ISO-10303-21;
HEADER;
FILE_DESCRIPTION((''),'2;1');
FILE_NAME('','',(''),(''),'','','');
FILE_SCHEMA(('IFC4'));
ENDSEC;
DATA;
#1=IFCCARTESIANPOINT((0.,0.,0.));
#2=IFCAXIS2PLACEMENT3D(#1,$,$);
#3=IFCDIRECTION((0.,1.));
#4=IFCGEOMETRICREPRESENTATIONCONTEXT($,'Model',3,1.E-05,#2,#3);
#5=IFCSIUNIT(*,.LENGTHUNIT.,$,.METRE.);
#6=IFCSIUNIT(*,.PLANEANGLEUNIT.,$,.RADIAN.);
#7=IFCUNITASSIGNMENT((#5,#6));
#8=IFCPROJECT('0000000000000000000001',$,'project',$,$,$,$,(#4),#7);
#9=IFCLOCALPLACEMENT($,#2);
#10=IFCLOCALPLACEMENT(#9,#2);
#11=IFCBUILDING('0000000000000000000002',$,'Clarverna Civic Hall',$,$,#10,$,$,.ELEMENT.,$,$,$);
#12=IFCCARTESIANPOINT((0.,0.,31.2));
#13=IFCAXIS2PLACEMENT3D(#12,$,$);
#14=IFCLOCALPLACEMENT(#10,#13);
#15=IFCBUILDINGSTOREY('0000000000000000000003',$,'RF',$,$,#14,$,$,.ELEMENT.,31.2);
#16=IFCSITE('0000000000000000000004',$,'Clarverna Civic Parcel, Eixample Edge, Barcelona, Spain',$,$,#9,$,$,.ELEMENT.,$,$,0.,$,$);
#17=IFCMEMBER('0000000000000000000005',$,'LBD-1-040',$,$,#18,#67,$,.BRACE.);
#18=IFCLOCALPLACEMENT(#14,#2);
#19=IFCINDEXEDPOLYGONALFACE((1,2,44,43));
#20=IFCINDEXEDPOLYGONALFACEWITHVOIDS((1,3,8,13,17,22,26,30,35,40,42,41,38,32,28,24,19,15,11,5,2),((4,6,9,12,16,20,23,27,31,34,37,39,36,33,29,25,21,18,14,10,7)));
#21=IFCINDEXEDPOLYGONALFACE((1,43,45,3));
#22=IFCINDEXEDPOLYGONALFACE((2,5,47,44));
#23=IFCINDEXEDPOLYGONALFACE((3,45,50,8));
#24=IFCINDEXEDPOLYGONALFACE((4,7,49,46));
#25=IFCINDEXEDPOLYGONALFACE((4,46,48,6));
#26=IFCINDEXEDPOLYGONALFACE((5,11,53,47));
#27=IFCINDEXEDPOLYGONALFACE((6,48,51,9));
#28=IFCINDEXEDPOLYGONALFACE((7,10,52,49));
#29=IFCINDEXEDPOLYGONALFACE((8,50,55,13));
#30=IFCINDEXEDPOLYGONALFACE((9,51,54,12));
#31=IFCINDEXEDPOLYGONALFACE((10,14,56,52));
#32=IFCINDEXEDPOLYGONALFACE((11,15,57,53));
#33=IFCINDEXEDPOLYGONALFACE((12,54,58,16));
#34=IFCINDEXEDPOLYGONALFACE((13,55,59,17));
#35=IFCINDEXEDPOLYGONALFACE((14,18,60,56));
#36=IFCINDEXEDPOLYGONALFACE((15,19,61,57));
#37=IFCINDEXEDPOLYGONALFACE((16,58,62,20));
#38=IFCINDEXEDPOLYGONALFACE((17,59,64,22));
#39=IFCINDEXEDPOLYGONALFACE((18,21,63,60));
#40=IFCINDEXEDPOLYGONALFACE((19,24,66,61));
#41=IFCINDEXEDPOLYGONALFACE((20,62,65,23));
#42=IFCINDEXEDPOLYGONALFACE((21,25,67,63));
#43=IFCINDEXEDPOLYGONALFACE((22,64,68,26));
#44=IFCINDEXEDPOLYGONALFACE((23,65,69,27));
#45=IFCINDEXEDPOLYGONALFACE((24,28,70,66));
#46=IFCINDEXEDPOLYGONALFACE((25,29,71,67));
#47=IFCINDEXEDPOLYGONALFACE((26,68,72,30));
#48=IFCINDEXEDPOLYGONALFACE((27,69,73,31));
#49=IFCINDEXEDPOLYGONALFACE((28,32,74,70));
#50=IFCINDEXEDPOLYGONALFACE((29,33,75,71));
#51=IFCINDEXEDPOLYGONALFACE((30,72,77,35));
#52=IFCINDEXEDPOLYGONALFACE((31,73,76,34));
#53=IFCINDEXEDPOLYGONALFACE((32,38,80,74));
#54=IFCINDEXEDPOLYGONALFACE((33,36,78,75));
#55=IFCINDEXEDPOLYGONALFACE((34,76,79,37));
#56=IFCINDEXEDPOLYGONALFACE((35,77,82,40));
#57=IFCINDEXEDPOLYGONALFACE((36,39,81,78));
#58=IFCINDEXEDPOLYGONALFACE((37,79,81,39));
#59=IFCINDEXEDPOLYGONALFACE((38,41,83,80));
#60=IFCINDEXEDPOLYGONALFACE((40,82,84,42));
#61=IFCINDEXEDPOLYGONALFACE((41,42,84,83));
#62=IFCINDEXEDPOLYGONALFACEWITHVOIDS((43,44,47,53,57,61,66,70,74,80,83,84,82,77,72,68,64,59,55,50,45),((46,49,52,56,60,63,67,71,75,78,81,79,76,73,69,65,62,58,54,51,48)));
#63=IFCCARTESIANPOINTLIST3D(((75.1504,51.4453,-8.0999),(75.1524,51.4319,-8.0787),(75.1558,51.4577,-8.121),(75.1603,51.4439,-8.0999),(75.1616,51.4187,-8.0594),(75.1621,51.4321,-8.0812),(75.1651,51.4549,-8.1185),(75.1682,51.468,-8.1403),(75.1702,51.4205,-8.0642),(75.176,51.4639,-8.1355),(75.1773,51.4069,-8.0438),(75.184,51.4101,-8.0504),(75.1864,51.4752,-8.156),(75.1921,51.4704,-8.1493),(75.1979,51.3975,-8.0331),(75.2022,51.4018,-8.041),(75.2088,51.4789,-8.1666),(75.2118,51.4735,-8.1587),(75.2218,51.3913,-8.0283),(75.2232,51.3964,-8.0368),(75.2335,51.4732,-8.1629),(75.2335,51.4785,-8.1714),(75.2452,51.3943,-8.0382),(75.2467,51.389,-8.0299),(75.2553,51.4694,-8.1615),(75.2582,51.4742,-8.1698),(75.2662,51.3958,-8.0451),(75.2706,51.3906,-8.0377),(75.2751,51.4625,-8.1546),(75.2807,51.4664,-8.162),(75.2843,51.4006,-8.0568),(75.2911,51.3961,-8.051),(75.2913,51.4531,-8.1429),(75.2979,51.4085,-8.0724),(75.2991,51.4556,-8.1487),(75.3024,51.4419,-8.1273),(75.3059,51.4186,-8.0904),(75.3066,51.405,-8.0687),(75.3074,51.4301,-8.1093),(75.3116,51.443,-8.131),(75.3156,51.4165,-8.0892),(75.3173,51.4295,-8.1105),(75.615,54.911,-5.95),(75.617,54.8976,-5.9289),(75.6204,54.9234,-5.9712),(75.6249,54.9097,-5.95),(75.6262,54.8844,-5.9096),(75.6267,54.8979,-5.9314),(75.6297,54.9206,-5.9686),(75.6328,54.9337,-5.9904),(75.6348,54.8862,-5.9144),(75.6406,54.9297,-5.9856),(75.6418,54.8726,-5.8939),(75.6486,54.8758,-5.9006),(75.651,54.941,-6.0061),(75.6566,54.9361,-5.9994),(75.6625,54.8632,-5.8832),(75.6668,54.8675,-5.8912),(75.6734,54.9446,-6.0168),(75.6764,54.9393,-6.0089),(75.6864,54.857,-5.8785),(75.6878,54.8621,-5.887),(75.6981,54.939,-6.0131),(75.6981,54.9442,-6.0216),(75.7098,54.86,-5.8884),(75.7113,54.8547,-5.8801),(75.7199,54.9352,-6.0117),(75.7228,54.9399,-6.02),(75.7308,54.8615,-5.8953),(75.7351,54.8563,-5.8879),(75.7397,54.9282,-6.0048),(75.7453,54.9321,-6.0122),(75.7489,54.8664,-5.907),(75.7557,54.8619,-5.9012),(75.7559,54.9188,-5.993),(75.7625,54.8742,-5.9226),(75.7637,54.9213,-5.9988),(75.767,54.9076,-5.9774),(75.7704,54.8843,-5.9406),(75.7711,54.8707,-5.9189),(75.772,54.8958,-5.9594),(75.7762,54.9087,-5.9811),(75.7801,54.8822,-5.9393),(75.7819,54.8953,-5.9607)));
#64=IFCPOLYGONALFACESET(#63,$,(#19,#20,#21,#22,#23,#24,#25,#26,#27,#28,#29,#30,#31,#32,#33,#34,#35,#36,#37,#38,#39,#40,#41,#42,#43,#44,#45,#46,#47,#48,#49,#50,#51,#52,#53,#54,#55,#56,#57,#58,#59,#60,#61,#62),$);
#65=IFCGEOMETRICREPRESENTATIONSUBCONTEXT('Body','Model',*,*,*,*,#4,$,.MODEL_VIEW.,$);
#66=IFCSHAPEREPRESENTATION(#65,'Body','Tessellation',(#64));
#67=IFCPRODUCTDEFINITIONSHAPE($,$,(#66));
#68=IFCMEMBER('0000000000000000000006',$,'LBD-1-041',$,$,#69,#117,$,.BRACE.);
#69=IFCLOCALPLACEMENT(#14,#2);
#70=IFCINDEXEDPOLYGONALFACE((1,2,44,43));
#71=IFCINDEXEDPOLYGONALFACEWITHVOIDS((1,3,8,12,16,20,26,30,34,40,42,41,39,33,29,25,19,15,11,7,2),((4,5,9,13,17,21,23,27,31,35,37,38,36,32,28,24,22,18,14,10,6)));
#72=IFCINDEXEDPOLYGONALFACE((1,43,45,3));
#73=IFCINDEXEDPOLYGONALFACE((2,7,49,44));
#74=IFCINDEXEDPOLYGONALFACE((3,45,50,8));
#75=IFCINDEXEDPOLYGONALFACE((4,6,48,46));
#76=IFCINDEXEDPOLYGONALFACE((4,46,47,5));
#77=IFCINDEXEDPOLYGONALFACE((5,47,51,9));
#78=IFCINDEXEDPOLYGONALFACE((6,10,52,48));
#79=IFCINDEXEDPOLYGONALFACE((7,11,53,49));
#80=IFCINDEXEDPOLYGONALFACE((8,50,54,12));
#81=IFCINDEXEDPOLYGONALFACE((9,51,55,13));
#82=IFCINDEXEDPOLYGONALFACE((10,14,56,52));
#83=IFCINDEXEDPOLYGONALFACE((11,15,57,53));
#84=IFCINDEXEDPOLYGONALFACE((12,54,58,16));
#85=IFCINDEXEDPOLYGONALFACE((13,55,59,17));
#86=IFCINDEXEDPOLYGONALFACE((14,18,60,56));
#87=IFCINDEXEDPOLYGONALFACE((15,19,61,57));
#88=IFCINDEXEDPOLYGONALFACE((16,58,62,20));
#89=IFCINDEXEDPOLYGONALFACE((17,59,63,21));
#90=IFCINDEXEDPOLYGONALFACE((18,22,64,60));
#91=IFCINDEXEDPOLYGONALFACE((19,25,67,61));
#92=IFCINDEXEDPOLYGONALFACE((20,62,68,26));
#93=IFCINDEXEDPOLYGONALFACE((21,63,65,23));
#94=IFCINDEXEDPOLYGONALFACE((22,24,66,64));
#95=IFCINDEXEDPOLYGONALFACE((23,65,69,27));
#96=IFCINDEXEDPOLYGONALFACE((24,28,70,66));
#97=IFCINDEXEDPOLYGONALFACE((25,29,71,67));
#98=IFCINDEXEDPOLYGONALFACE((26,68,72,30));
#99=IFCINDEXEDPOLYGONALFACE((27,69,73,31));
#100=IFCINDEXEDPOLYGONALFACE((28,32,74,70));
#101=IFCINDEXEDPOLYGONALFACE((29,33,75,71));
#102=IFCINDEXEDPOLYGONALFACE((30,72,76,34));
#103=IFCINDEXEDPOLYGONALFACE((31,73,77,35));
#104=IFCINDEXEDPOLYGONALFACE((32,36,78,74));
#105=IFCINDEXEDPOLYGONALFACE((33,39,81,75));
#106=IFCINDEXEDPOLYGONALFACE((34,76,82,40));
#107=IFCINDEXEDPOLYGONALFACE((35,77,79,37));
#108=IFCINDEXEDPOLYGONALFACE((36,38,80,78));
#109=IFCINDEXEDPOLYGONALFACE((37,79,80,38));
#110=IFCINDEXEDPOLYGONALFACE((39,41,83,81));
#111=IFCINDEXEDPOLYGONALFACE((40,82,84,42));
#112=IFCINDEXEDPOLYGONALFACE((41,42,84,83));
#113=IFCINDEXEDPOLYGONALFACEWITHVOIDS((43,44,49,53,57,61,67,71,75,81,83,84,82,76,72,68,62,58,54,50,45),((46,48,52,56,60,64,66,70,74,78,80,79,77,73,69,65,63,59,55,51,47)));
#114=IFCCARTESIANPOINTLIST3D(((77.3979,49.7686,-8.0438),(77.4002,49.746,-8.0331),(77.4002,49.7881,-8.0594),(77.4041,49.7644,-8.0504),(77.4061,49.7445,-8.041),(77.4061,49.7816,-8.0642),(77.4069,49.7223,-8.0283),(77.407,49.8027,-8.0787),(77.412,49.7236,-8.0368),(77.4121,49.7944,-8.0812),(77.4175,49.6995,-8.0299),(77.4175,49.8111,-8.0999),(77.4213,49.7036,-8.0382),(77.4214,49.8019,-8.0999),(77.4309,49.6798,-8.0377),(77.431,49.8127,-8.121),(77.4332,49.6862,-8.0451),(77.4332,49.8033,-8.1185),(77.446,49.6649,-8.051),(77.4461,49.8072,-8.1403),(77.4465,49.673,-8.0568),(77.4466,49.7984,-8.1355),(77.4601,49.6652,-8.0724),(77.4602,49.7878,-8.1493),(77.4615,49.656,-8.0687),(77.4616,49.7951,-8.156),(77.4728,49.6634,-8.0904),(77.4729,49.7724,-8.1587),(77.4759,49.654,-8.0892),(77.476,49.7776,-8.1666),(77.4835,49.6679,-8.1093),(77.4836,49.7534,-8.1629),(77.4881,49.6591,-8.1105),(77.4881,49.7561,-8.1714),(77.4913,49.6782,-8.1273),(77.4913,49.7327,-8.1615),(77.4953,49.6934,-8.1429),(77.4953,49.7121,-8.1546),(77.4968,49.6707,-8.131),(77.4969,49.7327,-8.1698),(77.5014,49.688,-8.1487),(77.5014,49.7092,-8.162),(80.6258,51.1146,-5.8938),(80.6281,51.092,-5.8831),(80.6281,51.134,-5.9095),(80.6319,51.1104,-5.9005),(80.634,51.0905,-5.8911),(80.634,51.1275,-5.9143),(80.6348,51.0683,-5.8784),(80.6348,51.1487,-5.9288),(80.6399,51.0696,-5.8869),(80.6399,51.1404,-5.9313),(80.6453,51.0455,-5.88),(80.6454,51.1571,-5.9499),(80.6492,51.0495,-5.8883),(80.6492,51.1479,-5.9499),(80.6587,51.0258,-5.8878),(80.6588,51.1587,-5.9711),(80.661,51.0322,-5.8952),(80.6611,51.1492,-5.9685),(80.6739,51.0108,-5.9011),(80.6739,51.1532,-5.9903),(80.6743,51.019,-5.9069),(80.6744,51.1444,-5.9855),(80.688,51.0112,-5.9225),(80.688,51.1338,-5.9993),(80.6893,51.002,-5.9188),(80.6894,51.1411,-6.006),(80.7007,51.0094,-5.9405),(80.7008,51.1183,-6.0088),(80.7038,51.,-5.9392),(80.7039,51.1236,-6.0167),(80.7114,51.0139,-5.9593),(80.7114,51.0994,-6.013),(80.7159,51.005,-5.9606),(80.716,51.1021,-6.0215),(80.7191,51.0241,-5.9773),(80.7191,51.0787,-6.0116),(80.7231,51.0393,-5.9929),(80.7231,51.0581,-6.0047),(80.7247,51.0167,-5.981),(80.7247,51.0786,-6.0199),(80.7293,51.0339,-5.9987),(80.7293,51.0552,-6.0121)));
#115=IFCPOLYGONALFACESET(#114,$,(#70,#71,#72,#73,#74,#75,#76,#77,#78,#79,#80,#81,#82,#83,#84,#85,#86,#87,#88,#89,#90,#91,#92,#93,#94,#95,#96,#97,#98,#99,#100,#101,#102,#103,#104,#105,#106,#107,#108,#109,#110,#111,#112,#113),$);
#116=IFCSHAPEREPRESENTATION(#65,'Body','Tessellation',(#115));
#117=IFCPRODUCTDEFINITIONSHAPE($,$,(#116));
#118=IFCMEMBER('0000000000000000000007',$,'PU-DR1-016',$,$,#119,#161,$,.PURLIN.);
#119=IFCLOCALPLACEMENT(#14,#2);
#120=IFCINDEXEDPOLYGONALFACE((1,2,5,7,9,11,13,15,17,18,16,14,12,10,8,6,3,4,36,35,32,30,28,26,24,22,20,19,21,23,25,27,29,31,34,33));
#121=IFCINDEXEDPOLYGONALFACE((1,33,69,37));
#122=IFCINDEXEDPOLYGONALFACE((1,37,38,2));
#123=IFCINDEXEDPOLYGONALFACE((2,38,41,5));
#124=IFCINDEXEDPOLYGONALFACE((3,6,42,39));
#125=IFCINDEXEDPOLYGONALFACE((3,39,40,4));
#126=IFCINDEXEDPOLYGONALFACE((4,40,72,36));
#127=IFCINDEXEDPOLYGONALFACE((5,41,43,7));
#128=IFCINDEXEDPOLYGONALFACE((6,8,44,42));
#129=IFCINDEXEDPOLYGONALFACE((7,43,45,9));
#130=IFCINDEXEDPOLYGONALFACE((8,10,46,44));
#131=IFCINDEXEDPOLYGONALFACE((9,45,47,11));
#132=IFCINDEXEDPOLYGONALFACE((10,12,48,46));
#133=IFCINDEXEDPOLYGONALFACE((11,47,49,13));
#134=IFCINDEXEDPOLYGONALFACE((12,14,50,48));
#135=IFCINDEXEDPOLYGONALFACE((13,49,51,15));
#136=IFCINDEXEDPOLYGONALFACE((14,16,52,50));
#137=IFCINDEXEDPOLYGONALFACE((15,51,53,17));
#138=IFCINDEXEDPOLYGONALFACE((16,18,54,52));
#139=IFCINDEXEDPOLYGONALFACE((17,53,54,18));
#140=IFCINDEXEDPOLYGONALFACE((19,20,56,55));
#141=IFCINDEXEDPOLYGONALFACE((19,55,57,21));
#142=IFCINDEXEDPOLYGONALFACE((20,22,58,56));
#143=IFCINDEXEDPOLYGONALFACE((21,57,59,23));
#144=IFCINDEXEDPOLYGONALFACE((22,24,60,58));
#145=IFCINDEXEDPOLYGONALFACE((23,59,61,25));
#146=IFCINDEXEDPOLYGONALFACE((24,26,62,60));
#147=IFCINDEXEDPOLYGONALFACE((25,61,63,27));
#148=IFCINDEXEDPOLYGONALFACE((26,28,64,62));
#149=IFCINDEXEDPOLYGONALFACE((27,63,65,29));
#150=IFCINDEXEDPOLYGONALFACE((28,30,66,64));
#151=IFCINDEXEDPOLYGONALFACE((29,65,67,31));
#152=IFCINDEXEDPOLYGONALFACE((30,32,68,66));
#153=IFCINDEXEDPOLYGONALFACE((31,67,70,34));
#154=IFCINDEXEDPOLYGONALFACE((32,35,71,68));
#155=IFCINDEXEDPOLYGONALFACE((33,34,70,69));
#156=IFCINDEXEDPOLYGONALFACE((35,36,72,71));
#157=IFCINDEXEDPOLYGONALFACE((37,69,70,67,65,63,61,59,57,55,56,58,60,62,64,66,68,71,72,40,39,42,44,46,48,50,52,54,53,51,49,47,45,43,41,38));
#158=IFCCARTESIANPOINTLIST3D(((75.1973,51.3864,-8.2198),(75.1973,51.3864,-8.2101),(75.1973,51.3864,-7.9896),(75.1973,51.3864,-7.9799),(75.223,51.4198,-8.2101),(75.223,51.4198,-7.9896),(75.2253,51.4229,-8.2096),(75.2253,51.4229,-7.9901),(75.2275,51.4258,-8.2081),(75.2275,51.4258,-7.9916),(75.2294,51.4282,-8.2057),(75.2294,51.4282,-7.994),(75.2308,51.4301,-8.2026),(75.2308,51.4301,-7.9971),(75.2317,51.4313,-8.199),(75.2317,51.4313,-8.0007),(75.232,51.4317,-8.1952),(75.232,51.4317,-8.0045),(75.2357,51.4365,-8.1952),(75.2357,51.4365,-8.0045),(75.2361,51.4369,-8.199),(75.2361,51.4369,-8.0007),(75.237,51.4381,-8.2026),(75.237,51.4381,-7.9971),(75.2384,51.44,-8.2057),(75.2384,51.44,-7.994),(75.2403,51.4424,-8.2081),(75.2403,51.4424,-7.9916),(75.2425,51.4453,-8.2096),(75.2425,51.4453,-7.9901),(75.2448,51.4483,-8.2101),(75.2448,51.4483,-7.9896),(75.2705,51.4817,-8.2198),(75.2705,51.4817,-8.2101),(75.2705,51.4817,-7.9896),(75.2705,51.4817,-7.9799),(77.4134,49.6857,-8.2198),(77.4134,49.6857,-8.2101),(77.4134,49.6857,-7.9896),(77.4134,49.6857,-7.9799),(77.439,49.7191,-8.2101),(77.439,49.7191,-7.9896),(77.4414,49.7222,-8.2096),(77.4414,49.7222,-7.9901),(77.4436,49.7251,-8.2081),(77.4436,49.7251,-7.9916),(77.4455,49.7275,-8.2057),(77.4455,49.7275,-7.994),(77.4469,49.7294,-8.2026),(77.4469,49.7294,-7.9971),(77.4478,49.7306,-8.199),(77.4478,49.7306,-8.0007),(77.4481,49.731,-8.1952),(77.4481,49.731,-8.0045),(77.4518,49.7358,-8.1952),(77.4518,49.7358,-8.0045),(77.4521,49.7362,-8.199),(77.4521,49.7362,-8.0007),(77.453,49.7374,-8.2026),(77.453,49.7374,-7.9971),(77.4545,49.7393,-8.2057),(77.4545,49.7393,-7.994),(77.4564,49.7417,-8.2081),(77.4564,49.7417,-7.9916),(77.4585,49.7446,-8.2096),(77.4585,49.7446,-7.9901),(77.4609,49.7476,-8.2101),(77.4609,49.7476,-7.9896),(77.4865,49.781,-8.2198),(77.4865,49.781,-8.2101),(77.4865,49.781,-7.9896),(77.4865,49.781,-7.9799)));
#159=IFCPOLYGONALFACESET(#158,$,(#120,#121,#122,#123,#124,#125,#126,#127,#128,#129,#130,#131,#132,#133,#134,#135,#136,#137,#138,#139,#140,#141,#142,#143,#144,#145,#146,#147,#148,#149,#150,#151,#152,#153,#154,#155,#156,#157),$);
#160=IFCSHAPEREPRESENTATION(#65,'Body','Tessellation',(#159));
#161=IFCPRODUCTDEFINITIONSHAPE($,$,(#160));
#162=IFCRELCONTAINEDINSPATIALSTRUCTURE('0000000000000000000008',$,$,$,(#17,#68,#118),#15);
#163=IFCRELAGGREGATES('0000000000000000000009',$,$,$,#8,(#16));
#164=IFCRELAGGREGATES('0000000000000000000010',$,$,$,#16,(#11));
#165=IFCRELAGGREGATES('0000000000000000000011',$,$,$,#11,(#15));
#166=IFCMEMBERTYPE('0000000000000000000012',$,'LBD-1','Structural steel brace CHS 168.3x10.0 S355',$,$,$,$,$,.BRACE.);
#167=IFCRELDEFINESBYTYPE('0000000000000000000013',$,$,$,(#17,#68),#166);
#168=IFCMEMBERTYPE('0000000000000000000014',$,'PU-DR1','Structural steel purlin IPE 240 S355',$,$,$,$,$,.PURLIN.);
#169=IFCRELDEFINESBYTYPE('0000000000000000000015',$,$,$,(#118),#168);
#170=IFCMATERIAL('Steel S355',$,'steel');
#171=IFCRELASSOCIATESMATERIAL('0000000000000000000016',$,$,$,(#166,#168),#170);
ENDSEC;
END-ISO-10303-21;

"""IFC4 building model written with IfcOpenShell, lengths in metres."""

from ifc_helpers import new_model, si_unit, direction, frame, origin, origin_2d, place, context, subcontext, project, spatial, hollow_circle, i_section, extrude, material, material_profile, profile_set, type_object, element, save


model = new_model("IFC4")

# Units and contexts
model_context = context("Model", 3, precision=1e-05, world=origin(), true_north=direction((0.0, 1.0)))
body_context = subcontext(model_context, "Body", "Model", "MODEL_VIEW")
ifc_project = project(units=[si_unit("LENGTHUNIT", "METRE"), si_unit("PLANEANGLEUNIT", "RADIAN")], contexts=[model_context])

# Site, building, storey
site_placement = place(None, origin())
site = spatial("IfcSite", under=ifc_project, at=site_placement, Name="Clarverna Civic Parcel, Eixample Edge, Barcelona, Spain", CompositionType="ELEMENT", RefElevation=0.0)
building_placement = place(site_placement, origin())
building = spatial("IfcBuilding", under=site, at=building_placement, Name="Clarverna Civic Hall", CompositionType="ELEMENT")
storey_placement = place(building_placement, frame((0.0, 0.0, 31.2)))
storey = spatial("IfcBuildingStorey", under=building, at=storey_placement, Name="RF", CompositionType="ELEMENT", Elevation=31.2)

# Members
ifc_material_1 = material(Name="Steel S355", Category="steel")
ifc_material_profile_1 = material_profile(ifc_material_1, hollow_circle(Radius=0.0842, WallThickness=0.01, at=origin_2d()), Name="CHS 168.3x10.0")
ifc_profile_set_1 = profile_set([ifc_material_profile_1], Name="Steel S355")
member_type_1 = type_object("IfcMemberType", Name="LBD-1", Description="Structural steel brace CHS 168.3x10.0 S355", PredefinedType="BRACE", material=ifc_profile_set_1)
member_1_placement = place(storey_placement, frame((75.2339, 51.4341, -8.0999), z_axis=(0.113183, 0.844322, 0.523746), x_axis=(-0.991134, 0.132863, 0.0)))
element("IfcMember", 1, at=member_1_placement, inside=storey, type_object=member_type_1, Name="LBD-1-040", PredefinedType="BRACE", context=body_context, shape_type="SweptSolid", body=[
    extrude(hollow_circle(Radius=0.0842, WallThickness=0.01, at=origin_2d()), origin(), (0.0, 0.0, 1.0), 4.1047),
])
member_2_placement = place(storey_placement, frame((77.45, 49.7334, -8.0999), z_axis=(0.786277, 0.327868, 0.523709), x_axis=(-0.384868, 0.922972, 0.0)))
element("IfcMember", 2, at=member_2_placement, inside=storey, type_object=member_type_1, Name="LBD-1-041", PredefinedType="BRACE", context=body_context, shape_type="SweptSolid", body=[
    extrude(hollow_circle(Radius=0.0842, WallThickness=0.01, at=origin_2d()), origin(), (0.0, 0.0, 1.0), 4.1052),
])
ifc_material_profile_2 = material_profile(ifc_material_1, i_section(OverallWidth=0.1201, OverallDepth=0.24, WebThickness=0.0061, FlangeThickness=0.0098, FilletRadius=0.0149, at=origin_2d()), Name="IPE 240")
ifc_profile_set_2 = profile_set([ifc_material_profile_2], Name="Steel S355")
member_type_2 = type_object("IfcMemberType", Name="PU-DR1", Description="Structural steel purlin IPE 240 S355", PredefinedType="PURLIN", material=ifc_profile_set_2)
member_3_placement = place(storey_placement, frame((75.2339, 51.4341, -8.0999), z_axis=(0.793312, -0.608815, 0.0), x_axis=(0.608815, 0.793312, 0.0)))
element("IfcMember", 3, at=member_3_placement, inside=storey, type_object=member_type_2, Name="PU-DR1-016", PredefinedType="PURLIN", context=body_context, shape_type="SweptSolid", body=[
    extrude(i_section(OverallWidth=0.1201, OverallDepth=0.24, WebThickness=0.0061, FlangeThickness=0.0098, FilletRadius=0.0149, at=origin_2d()), origin(), (0.0, 0.0, 1.0), 2.7935),
])

save(model, "model.ifc")
